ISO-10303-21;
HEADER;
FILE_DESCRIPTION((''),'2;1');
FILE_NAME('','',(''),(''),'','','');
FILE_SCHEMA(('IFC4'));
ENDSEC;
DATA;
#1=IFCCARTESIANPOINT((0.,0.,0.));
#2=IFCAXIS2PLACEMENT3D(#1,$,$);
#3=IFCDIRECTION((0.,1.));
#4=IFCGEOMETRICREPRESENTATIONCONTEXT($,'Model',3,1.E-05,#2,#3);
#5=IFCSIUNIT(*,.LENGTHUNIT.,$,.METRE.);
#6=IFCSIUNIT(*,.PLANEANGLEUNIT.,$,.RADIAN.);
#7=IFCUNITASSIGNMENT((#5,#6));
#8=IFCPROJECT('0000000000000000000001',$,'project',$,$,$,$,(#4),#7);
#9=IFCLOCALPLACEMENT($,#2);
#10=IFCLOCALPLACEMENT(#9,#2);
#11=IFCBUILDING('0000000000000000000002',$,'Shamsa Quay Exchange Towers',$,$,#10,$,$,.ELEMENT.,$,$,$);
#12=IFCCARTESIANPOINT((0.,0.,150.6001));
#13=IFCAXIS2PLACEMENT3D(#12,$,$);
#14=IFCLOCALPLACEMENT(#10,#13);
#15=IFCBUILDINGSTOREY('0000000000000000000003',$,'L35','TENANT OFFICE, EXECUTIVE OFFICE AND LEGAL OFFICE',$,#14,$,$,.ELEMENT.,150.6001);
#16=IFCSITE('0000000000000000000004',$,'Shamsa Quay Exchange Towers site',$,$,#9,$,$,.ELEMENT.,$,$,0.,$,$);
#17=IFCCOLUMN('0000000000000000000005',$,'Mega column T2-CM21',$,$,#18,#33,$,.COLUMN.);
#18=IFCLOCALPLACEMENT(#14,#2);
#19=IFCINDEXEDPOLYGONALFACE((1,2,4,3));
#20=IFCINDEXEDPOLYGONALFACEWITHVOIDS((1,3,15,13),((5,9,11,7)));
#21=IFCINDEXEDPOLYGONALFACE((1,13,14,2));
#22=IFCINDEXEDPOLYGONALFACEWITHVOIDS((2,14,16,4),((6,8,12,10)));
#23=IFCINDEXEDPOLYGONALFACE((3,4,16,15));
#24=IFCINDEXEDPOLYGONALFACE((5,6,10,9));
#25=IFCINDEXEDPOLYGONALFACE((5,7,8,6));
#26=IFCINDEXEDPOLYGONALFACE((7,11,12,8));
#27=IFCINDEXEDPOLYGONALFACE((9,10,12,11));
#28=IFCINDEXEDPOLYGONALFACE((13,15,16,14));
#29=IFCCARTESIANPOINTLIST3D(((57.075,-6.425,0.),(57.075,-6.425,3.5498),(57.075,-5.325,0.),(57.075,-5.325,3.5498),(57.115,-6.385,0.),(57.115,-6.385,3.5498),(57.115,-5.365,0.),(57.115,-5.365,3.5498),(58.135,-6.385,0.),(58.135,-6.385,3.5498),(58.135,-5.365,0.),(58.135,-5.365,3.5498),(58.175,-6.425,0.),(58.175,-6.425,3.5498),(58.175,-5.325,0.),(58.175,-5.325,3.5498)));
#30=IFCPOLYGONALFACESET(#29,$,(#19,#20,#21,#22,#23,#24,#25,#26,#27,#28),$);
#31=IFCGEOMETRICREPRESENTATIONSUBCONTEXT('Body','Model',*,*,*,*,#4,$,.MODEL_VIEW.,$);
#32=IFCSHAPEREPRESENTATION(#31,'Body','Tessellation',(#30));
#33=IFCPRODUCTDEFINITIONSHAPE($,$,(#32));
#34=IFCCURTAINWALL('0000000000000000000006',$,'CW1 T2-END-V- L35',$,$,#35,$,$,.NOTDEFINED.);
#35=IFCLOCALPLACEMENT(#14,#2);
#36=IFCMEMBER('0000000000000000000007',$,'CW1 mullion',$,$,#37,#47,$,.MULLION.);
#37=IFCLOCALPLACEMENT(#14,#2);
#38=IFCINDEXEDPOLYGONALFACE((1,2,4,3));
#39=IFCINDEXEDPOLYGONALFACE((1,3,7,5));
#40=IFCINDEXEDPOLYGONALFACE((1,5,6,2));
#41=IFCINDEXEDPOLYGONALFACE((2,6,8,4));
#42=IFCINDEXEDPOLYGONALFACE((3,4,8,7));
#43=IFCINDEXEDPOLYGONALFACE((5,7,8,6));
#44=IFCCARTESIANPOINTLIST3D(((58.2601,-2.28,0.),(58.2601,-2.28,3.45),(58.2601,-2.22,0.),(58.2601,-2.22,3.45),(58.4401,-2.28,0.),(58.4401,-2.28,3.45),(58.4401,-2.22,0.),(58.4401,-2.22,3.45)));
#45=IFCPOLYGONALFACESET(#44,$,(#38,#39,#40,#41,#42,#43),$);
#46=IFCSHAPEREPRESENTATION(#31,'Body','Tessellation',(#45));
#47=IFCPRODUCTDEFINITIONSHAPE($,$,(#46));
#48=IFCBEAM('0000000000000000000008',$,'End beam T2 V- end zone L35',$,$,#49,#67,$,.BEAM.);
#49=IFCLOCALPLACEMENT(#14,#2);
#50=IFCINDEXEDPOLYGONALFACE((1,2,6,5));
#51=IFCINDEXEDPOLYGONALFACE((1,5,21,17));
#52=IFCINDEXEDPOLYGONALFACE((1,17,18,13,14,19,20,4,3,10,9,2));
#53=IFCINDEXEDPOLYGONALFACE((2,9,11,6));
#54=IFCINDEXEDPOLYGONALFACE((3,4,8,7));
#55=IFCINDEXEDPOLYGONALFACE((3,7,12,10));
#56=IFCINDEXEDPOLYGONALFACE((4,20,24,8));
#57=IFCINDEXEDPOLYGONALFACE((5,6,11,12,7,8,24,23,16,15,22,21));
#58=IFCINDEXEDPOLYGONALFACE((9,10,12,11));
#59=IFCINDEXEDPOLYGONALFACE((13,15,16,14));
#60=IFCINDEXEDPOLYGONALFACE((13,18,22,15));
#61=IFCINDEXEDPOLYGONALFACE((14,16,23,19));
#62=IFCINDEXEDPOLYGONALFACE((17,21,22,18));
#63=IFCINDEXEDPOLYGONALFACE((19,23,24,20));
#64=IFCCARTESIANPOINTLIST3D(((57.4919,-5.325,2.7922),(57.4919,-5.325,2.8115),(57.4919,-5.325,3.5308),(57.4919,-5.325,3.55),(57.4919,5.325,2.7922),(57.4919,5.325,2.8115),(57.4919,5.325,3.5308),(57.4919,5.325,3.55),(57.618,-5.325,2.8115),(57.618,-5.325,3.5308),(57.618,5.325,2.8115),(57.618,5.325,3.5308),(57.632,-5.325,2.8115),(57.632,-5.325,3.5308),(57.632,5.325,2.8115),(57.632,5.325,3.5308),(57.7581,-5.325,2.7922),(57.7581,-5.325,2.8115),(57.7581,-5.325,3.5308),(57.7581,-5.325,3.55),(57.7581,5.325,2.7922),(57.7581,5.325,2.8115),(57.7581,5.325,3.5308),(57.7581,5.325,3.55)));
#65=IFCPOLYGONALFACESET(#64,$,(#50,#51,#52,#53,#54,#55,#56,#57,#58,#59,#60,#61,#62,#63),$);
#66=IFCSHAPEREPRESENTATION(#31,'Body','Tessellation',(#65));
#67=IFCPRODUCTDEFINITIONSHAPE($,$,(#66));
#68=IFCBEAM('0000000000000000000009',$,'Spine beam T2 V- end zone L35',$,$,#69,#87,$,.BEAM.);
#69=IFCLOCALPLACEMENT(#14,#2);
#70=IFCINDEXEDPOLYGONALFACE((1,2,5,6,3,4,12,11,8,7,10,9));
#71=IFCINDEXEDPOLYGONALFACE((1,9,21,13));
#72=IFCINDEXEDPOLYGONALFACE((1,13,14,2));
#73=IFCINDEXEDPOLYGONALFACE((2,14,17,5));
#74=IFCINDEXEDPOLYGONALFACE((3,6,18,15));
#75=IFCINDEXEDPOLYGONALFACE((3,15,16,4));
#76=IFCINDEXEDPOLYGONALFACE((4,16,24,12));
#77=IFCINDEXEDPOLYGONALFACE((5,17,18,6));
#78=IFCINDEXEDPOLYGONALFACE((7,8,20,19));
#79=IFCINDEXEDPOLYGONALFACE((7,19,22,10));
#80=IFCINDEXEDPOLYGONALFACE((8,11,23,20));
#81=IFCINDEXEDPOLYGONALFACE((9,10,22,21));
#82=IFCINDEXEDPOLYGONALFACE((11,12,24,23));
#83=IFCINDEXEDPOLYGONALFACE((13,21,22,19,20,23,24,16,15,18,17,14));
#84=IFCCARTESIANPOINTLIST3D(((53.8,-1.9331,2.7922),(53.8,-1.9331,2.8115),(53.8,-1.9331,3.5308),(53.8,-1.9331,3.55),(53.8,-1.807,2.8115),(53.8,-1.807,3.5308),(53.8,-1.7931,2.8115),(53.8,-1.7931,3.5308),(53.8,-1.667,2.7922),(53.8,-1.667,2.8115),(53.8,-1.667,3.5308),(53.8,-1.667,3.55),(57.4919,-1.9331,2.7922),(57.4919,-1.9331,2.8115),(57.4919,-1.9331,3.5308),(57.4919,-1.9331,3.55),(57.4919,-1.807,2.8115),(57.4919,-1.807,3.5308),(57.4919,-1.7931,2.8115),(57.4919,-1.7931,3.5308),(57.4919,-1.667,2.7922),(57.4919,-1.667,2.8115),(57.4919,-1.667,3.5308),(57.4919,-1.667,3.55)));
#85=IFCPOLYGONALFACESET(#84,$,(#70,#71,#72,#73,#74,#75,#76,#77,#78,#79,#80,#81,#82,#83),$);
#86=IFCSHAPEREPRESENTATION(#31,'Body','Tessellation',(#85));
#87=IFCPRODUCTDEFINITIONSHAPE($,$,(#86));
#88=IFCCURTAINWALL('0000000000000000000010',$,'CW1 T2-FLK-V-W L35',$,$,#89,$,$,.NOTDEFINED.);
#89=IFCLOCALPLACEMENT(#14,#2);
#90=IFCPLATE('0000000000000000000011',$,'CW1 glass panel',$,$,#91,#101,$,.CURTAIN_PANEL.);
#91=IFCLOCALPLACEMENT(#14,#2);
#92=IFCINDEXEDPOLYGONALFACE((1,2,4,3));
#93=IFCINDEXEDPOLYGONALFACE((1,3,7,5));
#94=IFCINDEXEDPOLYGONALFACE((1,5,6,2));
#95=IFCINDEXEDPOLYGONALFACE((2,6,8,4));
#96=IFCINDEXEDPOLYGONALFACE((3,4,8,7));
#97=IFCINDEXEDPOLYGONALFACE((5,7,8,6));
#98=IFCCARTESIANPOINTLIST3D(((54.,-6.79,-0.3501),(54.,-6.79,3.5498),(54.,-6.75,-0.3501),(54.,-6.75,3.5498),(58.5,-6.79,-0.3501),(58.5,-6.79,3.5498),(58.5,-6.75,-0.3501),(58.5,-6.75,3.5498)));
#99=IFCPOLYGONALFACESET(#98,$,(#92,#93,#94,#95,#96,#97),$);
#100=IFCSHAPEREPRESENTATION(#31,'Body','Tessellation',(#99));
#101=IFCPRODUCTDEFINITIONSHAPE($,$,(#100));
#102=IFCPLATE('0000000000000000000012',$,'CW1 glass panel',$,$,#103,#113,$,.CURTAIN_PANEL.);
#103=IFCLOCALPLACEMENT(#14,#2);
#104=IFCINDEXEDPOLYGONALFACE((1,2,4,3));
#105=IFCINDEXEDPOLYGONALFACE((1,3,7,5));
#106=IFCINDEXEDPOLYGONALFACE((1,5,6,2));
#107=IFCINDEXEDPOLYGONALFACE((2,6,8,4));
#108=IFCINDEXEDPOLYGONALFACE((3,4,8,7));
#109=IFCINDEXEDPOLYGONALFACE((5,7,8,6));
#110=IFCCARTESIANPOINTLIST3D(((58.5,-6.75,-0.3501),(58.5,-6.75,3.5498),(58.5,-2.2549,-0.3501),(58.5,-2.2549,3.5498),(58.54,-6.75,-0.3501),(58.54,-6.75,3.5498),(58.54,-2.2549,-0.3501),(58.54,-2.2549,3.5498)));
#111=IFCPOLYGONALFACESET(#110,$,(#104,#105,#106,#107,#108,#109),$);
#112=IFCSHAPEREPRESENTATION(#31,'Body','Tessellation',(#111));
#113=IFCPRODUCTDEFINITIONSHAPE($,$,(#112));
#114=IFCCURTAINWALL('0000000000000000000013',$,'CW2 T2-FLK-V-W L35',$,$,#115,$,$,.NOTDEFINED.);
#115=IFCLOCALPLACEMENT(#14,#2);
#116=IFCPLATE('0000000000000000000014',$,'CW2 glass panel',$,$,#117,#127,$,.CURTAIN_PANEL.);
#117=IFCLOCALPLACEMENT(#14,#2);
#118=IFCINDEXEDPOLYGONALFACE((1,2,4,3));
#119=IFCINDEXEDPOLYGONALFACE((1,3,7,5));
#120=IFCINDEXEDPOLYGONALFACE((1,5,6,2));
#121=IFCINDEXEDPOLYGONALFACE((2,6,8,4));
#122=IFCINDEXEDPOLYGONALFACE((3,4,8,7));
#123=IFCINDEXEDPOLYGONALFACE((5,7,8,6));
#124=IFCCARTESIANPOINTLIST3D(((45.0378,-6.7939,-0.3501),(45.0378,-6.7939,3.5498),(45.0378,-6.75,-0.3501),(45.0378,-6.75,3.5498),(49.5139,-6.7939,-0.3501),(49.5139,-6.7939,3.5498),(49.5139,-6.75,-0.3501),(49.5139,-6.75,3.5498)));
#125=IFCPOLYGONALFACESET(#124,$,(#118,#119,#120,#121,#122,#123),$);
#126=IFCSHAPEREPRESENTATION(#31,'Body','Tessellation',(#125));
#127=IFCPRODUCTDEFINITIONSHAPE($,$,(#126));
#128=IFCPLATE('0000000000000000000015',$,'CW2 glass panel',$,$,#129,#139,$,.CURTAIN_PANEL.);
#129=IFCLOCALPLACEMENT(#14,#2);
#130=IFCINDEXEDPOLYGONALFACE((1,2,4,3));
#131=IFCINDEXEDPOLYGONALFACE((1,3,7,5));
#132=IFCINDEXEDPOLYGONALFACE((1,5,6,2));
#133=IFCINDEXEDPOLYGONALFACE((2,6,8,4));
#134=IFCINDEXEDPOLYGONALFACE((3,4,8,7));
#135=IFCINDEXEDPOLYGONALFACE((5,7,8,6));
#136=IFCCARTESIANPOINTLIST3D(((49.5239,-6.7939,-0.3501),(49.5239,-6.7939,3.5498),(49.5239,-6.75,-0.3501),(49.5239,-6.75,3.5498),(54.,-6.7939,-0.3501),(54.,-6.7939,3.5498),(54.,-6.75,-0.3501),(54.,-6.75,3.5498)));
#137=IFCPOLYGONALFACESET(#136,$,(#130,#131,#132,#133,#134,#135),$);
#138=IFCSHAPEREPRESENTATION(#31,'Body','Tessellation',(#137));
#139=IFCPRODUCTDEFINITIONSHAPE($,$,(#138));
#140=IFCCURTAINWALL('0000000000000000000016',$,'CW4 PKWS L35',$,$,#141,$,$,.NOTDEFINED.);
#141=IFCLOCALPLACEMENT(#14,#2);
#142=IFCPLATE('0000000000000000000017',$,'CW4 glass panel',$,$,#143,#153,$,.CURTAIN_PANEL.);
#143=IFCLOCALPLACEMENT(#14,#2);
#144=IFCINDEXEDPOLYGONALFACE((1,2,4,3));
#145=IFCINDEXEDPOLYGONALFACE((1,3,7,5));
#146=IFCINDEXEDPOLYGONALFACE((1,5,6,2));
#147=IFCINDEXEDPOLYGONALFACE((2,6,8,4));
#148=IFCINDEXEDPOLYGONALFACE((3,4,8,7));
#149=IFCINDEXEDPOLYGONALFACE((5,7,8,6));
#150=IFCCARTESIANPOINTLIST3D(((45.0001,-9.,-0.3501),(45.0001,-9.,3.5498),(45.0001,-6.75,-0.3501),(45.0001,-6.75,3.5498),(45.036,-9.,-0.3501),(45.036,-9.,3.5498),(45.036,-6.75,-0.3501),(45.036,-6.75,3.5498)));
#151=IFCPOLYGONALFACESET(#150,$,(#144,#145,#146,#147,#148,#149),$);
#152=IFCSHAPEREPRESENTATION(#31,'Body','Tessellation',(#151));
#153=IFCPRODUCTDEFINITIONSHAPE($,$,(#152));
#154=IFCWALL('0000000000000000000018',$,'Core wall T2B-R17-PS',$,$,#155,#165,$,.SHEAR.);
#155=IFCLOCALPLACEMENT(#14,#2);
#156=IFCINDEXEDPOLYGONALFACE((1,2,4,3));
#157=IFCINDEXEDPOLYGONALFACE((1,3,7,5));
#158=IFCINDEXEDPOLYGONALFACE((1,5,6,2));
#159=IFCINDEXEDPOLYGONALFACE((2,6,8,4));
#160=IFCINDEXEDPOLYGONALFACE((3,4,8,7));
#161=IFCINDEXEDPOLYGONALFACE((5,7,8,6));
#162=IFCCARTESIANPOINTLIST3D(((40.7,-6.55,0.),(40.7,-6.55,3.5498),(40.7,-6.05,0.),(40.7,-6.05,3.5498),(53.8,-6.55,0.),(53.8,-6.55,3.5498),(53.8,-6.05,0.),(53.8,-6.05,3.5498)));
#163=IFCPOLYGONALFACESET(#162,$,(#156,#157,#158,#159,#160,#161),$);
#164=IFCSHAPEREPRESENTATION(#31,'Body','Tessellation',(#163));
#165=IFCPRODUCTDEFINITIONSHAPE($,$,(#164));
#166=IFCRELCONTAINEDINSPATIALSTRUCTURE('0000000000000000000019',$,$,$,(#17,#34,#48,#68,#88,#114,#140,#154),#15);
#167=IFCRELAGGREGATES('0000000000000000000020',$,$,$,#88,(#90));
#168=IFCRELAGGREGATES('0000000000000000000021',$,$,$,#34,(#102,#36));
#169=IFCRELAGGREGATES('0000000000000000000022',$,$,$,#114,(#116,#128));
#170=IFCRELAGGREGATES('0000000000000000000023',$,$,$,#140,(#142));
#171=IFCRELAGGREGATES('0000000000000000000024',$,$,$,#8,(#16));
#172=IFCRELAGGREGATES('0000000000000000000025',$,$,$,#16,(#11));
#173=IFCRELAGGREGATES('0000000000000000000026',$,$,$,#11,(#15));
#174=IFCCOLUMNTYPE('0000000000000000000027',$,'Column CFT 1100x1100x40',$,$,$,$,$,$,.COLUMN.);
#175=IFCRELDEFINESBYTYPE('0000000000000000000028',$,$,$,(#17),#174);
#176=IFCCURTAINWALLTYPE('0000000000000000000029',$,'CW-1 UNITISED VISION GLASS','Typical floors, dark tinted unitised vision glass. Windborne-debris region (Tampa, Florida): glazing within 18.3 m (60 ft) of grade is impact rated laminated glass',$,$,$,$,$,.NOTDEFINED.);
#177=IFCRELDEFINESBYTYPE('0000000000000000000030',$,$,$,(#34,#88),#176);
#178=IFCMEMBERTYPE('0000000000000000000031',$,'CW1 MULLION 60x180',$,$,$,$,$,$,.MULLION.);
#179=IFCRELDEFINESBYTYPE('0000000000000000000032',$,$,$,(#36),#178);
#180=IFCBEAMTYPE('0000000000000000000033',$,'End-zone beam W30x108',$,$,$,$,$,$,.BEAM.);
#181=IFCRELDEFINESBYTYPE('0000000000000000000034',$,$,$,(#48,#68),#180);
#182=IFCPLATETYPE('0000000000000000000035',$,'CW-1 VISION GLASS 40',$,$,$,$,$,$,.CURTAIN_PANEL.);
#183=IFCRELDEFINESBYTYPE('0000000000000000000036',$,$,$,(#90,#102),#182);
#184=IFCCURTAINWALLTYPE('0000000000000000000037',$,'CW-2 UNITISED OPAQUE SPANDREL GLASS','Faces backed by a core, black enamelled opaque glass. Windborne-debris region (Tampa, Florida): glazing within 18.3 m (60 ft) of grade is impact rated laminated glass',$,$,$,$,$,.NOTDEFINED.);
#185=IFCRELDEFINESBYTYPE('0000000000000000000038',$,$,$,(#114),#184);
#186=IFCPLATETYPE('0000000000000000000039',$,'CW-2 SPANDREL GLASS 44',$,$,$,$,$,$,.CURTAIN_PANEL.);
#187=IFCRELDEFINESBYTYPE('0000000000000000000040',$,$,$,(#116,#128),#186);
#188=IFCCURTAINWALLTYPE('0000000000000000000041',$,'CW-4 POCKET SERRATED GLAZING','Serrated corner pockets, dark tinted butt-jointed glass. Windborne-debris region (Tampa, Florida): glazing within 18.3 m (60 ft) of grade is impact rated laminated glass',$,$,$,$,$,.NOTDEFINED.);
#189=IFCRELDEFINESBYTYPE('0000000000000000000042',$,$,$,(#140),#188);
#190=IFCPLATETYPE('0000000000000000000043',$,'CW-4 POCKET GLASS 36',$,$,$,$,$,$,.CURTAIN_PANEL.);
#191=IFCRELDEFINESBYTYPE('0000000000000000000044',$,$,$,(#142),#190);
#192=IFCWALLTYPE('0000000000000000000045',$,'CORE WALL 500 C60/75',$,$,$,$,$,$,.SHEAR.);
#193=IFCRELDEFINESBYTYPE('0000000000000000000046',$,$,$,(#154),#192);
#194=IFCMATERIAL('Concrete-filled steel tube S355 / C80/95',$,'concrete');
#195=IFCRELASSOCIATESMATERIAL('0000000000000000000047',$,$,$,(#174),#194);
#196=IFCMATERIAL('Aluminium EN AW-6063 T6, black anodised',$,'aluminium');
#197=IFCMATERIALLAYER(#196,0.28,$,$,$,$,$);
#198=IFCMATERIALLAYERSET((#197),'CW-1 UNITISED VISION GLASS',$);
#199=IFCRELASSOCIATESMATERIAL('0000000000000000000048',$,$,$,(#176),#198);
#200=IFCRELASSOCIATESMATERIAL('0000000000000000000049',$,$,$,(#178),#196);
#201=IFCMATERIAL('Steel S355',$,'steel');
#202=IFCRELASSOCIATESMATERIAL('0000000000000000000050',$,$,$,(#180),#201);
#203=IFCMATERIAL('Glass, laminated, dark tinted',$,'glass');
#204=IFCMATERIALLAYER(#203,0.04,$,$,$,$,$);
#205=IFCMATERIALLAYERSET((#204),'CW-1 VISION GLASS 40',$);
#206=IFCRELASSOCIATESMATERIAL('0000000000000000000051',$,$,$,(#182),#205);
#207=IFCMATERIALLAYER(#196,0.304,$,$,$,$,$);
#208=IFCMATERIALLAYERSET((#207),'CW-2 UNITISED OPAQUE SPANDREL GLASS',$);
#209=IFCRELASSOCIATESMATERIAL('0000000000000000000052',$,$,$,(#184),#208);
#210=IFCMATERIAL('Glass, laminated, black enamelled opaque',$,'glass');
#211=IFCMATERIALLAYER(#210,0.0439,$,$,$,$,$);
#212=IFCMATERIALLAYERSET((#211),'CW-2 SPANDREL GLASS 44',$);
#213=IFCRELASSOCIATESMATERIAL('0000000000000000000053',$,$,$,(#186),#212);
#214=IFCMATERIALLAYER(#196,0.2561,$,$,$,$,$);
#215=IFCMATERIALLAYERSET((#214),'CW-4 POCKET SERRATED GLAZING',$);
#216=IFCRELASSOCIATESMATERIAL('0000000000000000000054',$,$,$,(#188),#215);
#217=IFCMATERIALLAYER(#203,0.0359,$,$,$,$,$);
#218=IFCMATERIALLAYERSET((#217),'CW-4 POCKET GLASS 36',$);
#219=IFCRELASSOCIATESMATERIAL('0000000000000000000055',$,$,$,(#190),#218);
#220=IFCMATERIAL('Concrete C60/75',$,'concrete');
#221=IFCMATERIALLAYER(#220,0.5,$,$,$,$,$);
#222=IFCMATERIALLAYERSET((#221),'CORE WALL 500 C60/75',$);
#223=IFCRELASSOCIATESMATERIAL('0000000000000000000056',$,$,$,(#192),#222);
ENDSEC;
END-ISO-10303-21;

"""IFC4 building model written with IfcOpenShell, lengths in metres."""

from ifc_helpers import new_model, si_unit, direction, frame, frame_2d, origin, origin_2d, place, context, subcontext, project, spatial, rectangle, hollow_rectangle, i_section, extrude, material, layer, layer_set, material_profile, profile_set, type_object, element, aggregate, save


model = new_model("IFC4")

# Units and contexts
model_context = context("Model", 3, precision=1e-05, world=origin(), true_north=direction((0.0, 1.0)))
body_context = subcontext(model_context, "Body", "Model", "MODEL_VIEW")
ifc_project = project(units=[si_unit("LENGTHUNIT", "METRE"), si_unit("PLANEANGLEUNIT", "RADIAN")], contexts=[model_context])

# Site, building, storey
site_placement = place(None, origin())
site = spatial("IfcSite", under=ifc_project, at=site_placement, Name="Shamsa Quay Exchange Towers site", CompositionType="ELEMENT", RefElevation=0.0)
building_placement = place(site_placement, origin())
building = spatial("IfcBuilding", under=site, at=building_placement, Name="Shamsa Quay Exchange Towers", CompositionType="ELEMENT")
storey_placement = place(building_placement, frame((0.0, 0.0, 150.6001)))
storey = spatial("IfcBuildingStorey", under=building, at=storey_placement, Name="L35", Description="TENANT OFFICE, EXECUTIVE OFFICE AND LEGAL OFFICE", CompositionType="ELEMENT", Elevation=150.6001)

# Column
ifc_material_1 = material(Name="Concrete-filled steel tube S355 / C80/95", Category="concrete")
ifc_material_profile_1 = material_profile(ifc_material_1, hollow_rectangle(XDim=1.1001, YDim=1.1001, WallThickness=0.04, at=origin_2d()), Name="CFT 1100x1100x40")
ifc_profile_set_1 = profile_set([ifc_material_profile_1], Name="Concrete-filled steel tube S355 / C80/95")
column_type = type_object("IfcColumnType", Name="Column CFT 1100x1100x40", PredefinedType="COLUMN", material=ifc_profile_set_1)
column_placement = place(storey_placement, frame((57.625, -5.875, 0.0)))
element("IfcColumn", 1, at=column_placement, inside=storey, type_object=column_type, Name="Mega column T2-CM21", PredefinedType="COLUMN", context=body_context, shape_type="SweptSolid", body=[
    extrude(hollow_rectangle(XDim=1.1001, YDim=1.1001, WallThickness=0.04, at=origin_2d()), origin(), (0.0, 0.0, 1.0), 3.5498),
])

# Curtain wall, member
ifc_material_2 = material(Name="Aluminium EN AW-6063 T6, black anodised", Category="aluminium")
ifc_layer_1 = layer(ifc_material_2, 0.28)
ifc_layer_set_1 = layer_set([ifc_layer_1], Name="CW-1 UNITISED VISION GLASS")
curtain_wall_type_1 = type_object("IfcCurtainWallType", Name="CW-1 UNITISED VISION GLASS", Description="Typical floors, dark tinted unitised vision glass. Windborne-debris region (Tampa, Florida): glazing within 18.3 m (60 ft) of grade is impact rated laminated glass", PredefinedType="NOTDEFINED", material=ifc_layer_set_1)
curtain_wall_1_placement = place(storey_placement, origin())
curtain_wall_1 = element("IfcCurtainWall", 2, at=curtain_wall_1_placement, inside=storey, type_object=curtain_wall_type_1, Name="CW1 T2-END-V- L35", PredefinedType="NOTDEFINED")
ifc_material_profile_2 = material_profile(ifc_material_2, rectangle(XDim=0.1799, YDim=0.0601, at=origin_2d()), Name="MU60x180")
ifc_profile_set_2 = profile_set([ifc_material_profile_2], Name="Aluminium EN AW-6063 T6, black anodised")
member_type = type_object("IfcMemberType", Name="CW1 MULLION 60x180", PredefinedType="MULLION", material=ifc_profile_set_2)
member_placement = place(storey_placement, frame((58.3501, -2.25, 0.0), z_axis=(0.0, 0.0, 1.0), x_axis=(-1.0, 0.0, 0.0)))
member = element("IfcMember", 3, at=member_placement, type_object=member_type, Name="CW1 mullion", PredefinedType="MULLION", context=body_context, shape_type="SweptSolid", body=[
    extrude(rectangle(XDim=0.1799, YDim=0.0601, at=origin_2d()), origin(), (0.0, 0.0, 1.0), 3.45),
])

# Beams
ifc_material_3 = material(Name="Steel S355", Category="steel")
ifc_material_profile_3 = material_profile(ifc_material_3, i_section(OverallWidth=0.2661, OverallDepth=0.7578, WebThickness=0.0139, FlangeThickness=0.0193, at=origin_2d()), Name="W30x108")
ifc_profile_set_3 = profile_set([ifc_material_profile_3], Name="Steel S355")
beam_type = type_object("IfcBeamType", Name="End-zone beam W30x108", PredefinedType="BEAM", material=ifc_profile_set_3)
beam_1_placement = place(storey_placement, frame((57.625, -5.325, 3.1711), z_axis=(0.0, 1.0, 0.0), x_axis=(-1.0, 0.0, 0.0)))
element("IfcBeam", 4, at=beam_1_placement, inside=storey, type_object=beam_type, Name="End beam T2 V- end zone L35", PredefinedType="BEAM", context=body_context, shape_type="SweptSolid", body=[
    extrude(i_section(OverallWidth=0.2661, OverallDepth=0.7578, WebThickness=0.0139, FlangeThickness=0.0193, at=origin_2d()), origin(), (0.0, 0.0, 1.0), 10.6499),
])
beam_2_placement = place(storey_placement, frame((53.8, -1.8, 3.1711), z_axis=(1.0, 0.0, 0.0), x_axis=(0.0, 1.0, 0.0)))
element("IfcBeam", 5, at=beam_2_placement, inside=storey, type_object=beam_type, Name="Spine beam T2 V- end zone L35", PredefinedType="BEAM", context=body_context, shape_type="SweptSolid", body=[
    extrude(i_section(OverallWidth=0.2661, OverallDepth=0.7578, WebThickness=0.0139, FlangeThickness=0.0193, at=origin_2d()), origin(), (0.0, 0.0, 1.0), 3.6919),
])

# Curtain wall, plate
curtain_wall_2_placement = place(storey_placement, origin())
curtain_wall_2 = element("IfcCurtainWall", 6, at=curtain_wall_2_placement, inside=storey, type_object=curtain_wall_type_1, Name="CW1 T2-FLK-V-W L35", PredefinedType="NOTDEFINED")
ifc_material_4 = material(Name="Glass, laminated, dark tinted", Category="glass")
ifc_layer_2 = layer(ifc_material_4, 0.04)
ifc_layer_set_2 = layer_set([ifc_layer_2], Name="CW-1 VISION GLASS 40")
plate_type_1 = type_object("IfcPlateType", Name="CW-1 VISION GLASS 40", PredefinedType="CURTAIN_PANEL", material=ifc_layer_set_2)
plate_1_placement = place(storey_placement, frame((56.25, -6.77, -0.3501)))
plate_1 = element("IfcPlate", 7, at=plate_1_placement, type_object=plate_type_1, Name="CW1 glass panel", PredefinedType="CURTAIN_PANEL", context=body_context, shape_type="SweptSolid", body=[
    extrude(rectangle(XDim=4.5, YDim=0.04, at=origin_2d()), origin(), (0.0, 0.0, 1.0), 3.8999),
])
aggregate(curtain_wall_2, [plate_1])

# Plate
plate_2_placement = place(storey_placement, frame((58.52, -4.5024, -0.3501), z_axis=(0.0, 0.0, 1.0), x_axis=(0.0, 1.0, 0.0)))
plate_2 = element("IfcPlate", 8, at=plate_2_placement, type_object=plate_type_1, Name="CW1 glass panel", PredefinedType="CURTAIN_PANEL", context=body_context, shape_type="SweptSolid", body=[
    extrude(rectangle(XDim=4.4951, YDim=0.04, at=origin_2d()), origin(), (0.0, 0.0, 1.0), 3.8999),
])
aggregate(curtain_wall_1, [plate_2, member])

# Curtain wall, plates
ifc_layer_3 = layer(ifc_material_2, 0.304)
ifc_layer_set_3 = layer_set([ifc_layer_3], Name="CW-2 UNITISED OPAQUE SPANDREL GLASS")
curtain_wall_type_2 = type_object("IfcCurtainWallType", Name="CW-2 UNITISED OPAQUE SPANDREL GLASS", Description="Faces backed by a core, black enamelled opaque glass. Windborne-debris region (Tampa, Florida): glazing within 18.3 m (60 ft) of grade is impact rated laminated glass", PredefinedType="NOTDEFINED", material=ifc_layer_set_3)
curtain_wall_3_placement = place(storey_placement, origin())
curtain_wall_3 = element("IfcCurtainWall", 9, at=curtain_wall_3_placement, inside=storey, type_object=curtain_wall_type_2, Name="CW2 T2-FLK-V-W L35", PredefinedType="NOTDEFINED")
ifc_material_5 = material(Name="Glass, laminated, black enamelled opaque", Category="glass")
ifc_layer_4 = layer(ifc_material_5, 0.0439)
ifc_layer_set_4 = layer_set([ifc_layer_4], Name="CW-2 SPANDREL GLASS 44")
plate_type_2 = type_object("IfcPlateType", Name="CW-2 SPANDREL GLASS 44", PredefinedType="CURTAIN_PANEL", material=ifc_layer_set_4)
plate_3_placement = place(storey_placement, frame((47.2759, -6.772, -0.3501)))
plate_3 = element("IfcPlate", 10, at=plate_3_placement, type_object=plate_type_2, Name="CW2 glass panel", PredefinedType="CURTAIN_PANEL", context=body_context, shape_type="SweptSolid", body=[
    extrude(rectangle(XDim=4.4761, YDim=0.0439, at=origin_2d()), origin(), (0.0, 0.0, 1.0), 3.8999),
])
plate_4_placement = place(storey_placement, frame((51.762, -6.772, -0.3501)))
plate_4 = element("IfcPlate", 11, at=plate_4_placement, type_object=plate_type_2, Name="CW2 glass panel", PredefinedType="CURTAIN_PANEL", context=body_context, shape_type="SweptSolid", body=[
    extrude(rectangle(XDim=4.4761, YDim=0.0439, at=origin_2d()), origin(), (0.0, 0.0, 1.0), 3.8999),
])
aggregate(curtain_wall_3, [plate_3, plate_4])

# Curtain wall, plate
ifc_layer_5 = layer(ifc_material_2, 0.2561)
ifc_layer_set_5 = layer_set([ifc_layer_5], Name="CW-4 POCKET SERRATED GLAZING")
curtain_wall_type_3 = type_object("IfcCurtainWallType", Name="CW-4 POCKET SERRATED GLAZING", Description="Serrated corner pockets, dark tinted butt-jointed glass. Windborne-debris region (Tampa, Florida): glazing within 18.3 m (60 ft) of grade is impact rated laminated glass", PredefinedType="NOTDEFINED", material=ifc_layer_set_5)
curtain_wall_4_placement = place(storey_placement, origin())
curtain_wall_4 = element("IfcCurtainWall", 12, at=curtain_wall_4_placement, inside=storey, type_object=curtain_wall_type_3, Name="CW4 PKWS L35", PredefinedType="NOTDEFINED")
ifc_layer_6 = layer(ifc_material_4, 0.0359)
ifc_layer_set_6 = layer_set([ifc_layer_6], Name="CW-4 POCKET GLASS 36")
plate_type_3 = type_object("IfcPlateType", Name="CW-4 POCKET GLASS 36", PredefinedType="CURTAIN_PANEL", material=ifc_layer_set_6)
plate_5_placement = place(storey_placement, frame((45.0181, -7.875, -0.3501), z_axis=(0.0, 0.0, 1.0), x_axis=(0.0, 1.0, 0.0)))
plate_5 = element("IfcPlate", 13, at=plate_5_placement, type_object=plate_type_3, Name="CW4 glass panel", PredefinedType="CURTAIN_PANEL", context=body_context, shape_type="SweptSolid", body=[
    extrude(rectangle(XDim=2.25, YDim=0.0359, at=origin_2d()), origin(), (0.0, 0.0, 1.0), 3.8999),
])
aggregate(curtain_wall_4, [plate_5])

# Wall
ifc_material_6 = material(Name="Concrete C60/75", Category="concrete")
ifc_layer_7 = layer(ifc_material_6, 0.5)
ifc_layer_set_7 = layer_set([ifc_layer_7], Name="CORE WALL 500 C60/75")
wall_type_1 = type_object("IfcWallType", Name="CORE WALL 500 C60/75", PredefinedType="SHEAR", material=ifc_layer_set_7)
wall_1_placement = place(storey_placement, frame((53.8, -6.3, 0.0), z_axis=(0.0, 0.0, 1.0), x_axis=(-1.0, 0.0, 0.0)))
element("IfcWall", 14, at=wall_1_placement, inside=storey, type_object=wall_type_1, Name="Core wall T2B-R17-PS", PredefinedType="SHEAR", context=body_context, shape_type="SweptSolid", body=[
    extrude(rectangle(XDim=13.1001, YDim=0.5, at=frame_2d((6.55, 0.0))), origin(), (0.0, 0.0, 1.0), 3.5498),
])

save(model, "model.ifc")
